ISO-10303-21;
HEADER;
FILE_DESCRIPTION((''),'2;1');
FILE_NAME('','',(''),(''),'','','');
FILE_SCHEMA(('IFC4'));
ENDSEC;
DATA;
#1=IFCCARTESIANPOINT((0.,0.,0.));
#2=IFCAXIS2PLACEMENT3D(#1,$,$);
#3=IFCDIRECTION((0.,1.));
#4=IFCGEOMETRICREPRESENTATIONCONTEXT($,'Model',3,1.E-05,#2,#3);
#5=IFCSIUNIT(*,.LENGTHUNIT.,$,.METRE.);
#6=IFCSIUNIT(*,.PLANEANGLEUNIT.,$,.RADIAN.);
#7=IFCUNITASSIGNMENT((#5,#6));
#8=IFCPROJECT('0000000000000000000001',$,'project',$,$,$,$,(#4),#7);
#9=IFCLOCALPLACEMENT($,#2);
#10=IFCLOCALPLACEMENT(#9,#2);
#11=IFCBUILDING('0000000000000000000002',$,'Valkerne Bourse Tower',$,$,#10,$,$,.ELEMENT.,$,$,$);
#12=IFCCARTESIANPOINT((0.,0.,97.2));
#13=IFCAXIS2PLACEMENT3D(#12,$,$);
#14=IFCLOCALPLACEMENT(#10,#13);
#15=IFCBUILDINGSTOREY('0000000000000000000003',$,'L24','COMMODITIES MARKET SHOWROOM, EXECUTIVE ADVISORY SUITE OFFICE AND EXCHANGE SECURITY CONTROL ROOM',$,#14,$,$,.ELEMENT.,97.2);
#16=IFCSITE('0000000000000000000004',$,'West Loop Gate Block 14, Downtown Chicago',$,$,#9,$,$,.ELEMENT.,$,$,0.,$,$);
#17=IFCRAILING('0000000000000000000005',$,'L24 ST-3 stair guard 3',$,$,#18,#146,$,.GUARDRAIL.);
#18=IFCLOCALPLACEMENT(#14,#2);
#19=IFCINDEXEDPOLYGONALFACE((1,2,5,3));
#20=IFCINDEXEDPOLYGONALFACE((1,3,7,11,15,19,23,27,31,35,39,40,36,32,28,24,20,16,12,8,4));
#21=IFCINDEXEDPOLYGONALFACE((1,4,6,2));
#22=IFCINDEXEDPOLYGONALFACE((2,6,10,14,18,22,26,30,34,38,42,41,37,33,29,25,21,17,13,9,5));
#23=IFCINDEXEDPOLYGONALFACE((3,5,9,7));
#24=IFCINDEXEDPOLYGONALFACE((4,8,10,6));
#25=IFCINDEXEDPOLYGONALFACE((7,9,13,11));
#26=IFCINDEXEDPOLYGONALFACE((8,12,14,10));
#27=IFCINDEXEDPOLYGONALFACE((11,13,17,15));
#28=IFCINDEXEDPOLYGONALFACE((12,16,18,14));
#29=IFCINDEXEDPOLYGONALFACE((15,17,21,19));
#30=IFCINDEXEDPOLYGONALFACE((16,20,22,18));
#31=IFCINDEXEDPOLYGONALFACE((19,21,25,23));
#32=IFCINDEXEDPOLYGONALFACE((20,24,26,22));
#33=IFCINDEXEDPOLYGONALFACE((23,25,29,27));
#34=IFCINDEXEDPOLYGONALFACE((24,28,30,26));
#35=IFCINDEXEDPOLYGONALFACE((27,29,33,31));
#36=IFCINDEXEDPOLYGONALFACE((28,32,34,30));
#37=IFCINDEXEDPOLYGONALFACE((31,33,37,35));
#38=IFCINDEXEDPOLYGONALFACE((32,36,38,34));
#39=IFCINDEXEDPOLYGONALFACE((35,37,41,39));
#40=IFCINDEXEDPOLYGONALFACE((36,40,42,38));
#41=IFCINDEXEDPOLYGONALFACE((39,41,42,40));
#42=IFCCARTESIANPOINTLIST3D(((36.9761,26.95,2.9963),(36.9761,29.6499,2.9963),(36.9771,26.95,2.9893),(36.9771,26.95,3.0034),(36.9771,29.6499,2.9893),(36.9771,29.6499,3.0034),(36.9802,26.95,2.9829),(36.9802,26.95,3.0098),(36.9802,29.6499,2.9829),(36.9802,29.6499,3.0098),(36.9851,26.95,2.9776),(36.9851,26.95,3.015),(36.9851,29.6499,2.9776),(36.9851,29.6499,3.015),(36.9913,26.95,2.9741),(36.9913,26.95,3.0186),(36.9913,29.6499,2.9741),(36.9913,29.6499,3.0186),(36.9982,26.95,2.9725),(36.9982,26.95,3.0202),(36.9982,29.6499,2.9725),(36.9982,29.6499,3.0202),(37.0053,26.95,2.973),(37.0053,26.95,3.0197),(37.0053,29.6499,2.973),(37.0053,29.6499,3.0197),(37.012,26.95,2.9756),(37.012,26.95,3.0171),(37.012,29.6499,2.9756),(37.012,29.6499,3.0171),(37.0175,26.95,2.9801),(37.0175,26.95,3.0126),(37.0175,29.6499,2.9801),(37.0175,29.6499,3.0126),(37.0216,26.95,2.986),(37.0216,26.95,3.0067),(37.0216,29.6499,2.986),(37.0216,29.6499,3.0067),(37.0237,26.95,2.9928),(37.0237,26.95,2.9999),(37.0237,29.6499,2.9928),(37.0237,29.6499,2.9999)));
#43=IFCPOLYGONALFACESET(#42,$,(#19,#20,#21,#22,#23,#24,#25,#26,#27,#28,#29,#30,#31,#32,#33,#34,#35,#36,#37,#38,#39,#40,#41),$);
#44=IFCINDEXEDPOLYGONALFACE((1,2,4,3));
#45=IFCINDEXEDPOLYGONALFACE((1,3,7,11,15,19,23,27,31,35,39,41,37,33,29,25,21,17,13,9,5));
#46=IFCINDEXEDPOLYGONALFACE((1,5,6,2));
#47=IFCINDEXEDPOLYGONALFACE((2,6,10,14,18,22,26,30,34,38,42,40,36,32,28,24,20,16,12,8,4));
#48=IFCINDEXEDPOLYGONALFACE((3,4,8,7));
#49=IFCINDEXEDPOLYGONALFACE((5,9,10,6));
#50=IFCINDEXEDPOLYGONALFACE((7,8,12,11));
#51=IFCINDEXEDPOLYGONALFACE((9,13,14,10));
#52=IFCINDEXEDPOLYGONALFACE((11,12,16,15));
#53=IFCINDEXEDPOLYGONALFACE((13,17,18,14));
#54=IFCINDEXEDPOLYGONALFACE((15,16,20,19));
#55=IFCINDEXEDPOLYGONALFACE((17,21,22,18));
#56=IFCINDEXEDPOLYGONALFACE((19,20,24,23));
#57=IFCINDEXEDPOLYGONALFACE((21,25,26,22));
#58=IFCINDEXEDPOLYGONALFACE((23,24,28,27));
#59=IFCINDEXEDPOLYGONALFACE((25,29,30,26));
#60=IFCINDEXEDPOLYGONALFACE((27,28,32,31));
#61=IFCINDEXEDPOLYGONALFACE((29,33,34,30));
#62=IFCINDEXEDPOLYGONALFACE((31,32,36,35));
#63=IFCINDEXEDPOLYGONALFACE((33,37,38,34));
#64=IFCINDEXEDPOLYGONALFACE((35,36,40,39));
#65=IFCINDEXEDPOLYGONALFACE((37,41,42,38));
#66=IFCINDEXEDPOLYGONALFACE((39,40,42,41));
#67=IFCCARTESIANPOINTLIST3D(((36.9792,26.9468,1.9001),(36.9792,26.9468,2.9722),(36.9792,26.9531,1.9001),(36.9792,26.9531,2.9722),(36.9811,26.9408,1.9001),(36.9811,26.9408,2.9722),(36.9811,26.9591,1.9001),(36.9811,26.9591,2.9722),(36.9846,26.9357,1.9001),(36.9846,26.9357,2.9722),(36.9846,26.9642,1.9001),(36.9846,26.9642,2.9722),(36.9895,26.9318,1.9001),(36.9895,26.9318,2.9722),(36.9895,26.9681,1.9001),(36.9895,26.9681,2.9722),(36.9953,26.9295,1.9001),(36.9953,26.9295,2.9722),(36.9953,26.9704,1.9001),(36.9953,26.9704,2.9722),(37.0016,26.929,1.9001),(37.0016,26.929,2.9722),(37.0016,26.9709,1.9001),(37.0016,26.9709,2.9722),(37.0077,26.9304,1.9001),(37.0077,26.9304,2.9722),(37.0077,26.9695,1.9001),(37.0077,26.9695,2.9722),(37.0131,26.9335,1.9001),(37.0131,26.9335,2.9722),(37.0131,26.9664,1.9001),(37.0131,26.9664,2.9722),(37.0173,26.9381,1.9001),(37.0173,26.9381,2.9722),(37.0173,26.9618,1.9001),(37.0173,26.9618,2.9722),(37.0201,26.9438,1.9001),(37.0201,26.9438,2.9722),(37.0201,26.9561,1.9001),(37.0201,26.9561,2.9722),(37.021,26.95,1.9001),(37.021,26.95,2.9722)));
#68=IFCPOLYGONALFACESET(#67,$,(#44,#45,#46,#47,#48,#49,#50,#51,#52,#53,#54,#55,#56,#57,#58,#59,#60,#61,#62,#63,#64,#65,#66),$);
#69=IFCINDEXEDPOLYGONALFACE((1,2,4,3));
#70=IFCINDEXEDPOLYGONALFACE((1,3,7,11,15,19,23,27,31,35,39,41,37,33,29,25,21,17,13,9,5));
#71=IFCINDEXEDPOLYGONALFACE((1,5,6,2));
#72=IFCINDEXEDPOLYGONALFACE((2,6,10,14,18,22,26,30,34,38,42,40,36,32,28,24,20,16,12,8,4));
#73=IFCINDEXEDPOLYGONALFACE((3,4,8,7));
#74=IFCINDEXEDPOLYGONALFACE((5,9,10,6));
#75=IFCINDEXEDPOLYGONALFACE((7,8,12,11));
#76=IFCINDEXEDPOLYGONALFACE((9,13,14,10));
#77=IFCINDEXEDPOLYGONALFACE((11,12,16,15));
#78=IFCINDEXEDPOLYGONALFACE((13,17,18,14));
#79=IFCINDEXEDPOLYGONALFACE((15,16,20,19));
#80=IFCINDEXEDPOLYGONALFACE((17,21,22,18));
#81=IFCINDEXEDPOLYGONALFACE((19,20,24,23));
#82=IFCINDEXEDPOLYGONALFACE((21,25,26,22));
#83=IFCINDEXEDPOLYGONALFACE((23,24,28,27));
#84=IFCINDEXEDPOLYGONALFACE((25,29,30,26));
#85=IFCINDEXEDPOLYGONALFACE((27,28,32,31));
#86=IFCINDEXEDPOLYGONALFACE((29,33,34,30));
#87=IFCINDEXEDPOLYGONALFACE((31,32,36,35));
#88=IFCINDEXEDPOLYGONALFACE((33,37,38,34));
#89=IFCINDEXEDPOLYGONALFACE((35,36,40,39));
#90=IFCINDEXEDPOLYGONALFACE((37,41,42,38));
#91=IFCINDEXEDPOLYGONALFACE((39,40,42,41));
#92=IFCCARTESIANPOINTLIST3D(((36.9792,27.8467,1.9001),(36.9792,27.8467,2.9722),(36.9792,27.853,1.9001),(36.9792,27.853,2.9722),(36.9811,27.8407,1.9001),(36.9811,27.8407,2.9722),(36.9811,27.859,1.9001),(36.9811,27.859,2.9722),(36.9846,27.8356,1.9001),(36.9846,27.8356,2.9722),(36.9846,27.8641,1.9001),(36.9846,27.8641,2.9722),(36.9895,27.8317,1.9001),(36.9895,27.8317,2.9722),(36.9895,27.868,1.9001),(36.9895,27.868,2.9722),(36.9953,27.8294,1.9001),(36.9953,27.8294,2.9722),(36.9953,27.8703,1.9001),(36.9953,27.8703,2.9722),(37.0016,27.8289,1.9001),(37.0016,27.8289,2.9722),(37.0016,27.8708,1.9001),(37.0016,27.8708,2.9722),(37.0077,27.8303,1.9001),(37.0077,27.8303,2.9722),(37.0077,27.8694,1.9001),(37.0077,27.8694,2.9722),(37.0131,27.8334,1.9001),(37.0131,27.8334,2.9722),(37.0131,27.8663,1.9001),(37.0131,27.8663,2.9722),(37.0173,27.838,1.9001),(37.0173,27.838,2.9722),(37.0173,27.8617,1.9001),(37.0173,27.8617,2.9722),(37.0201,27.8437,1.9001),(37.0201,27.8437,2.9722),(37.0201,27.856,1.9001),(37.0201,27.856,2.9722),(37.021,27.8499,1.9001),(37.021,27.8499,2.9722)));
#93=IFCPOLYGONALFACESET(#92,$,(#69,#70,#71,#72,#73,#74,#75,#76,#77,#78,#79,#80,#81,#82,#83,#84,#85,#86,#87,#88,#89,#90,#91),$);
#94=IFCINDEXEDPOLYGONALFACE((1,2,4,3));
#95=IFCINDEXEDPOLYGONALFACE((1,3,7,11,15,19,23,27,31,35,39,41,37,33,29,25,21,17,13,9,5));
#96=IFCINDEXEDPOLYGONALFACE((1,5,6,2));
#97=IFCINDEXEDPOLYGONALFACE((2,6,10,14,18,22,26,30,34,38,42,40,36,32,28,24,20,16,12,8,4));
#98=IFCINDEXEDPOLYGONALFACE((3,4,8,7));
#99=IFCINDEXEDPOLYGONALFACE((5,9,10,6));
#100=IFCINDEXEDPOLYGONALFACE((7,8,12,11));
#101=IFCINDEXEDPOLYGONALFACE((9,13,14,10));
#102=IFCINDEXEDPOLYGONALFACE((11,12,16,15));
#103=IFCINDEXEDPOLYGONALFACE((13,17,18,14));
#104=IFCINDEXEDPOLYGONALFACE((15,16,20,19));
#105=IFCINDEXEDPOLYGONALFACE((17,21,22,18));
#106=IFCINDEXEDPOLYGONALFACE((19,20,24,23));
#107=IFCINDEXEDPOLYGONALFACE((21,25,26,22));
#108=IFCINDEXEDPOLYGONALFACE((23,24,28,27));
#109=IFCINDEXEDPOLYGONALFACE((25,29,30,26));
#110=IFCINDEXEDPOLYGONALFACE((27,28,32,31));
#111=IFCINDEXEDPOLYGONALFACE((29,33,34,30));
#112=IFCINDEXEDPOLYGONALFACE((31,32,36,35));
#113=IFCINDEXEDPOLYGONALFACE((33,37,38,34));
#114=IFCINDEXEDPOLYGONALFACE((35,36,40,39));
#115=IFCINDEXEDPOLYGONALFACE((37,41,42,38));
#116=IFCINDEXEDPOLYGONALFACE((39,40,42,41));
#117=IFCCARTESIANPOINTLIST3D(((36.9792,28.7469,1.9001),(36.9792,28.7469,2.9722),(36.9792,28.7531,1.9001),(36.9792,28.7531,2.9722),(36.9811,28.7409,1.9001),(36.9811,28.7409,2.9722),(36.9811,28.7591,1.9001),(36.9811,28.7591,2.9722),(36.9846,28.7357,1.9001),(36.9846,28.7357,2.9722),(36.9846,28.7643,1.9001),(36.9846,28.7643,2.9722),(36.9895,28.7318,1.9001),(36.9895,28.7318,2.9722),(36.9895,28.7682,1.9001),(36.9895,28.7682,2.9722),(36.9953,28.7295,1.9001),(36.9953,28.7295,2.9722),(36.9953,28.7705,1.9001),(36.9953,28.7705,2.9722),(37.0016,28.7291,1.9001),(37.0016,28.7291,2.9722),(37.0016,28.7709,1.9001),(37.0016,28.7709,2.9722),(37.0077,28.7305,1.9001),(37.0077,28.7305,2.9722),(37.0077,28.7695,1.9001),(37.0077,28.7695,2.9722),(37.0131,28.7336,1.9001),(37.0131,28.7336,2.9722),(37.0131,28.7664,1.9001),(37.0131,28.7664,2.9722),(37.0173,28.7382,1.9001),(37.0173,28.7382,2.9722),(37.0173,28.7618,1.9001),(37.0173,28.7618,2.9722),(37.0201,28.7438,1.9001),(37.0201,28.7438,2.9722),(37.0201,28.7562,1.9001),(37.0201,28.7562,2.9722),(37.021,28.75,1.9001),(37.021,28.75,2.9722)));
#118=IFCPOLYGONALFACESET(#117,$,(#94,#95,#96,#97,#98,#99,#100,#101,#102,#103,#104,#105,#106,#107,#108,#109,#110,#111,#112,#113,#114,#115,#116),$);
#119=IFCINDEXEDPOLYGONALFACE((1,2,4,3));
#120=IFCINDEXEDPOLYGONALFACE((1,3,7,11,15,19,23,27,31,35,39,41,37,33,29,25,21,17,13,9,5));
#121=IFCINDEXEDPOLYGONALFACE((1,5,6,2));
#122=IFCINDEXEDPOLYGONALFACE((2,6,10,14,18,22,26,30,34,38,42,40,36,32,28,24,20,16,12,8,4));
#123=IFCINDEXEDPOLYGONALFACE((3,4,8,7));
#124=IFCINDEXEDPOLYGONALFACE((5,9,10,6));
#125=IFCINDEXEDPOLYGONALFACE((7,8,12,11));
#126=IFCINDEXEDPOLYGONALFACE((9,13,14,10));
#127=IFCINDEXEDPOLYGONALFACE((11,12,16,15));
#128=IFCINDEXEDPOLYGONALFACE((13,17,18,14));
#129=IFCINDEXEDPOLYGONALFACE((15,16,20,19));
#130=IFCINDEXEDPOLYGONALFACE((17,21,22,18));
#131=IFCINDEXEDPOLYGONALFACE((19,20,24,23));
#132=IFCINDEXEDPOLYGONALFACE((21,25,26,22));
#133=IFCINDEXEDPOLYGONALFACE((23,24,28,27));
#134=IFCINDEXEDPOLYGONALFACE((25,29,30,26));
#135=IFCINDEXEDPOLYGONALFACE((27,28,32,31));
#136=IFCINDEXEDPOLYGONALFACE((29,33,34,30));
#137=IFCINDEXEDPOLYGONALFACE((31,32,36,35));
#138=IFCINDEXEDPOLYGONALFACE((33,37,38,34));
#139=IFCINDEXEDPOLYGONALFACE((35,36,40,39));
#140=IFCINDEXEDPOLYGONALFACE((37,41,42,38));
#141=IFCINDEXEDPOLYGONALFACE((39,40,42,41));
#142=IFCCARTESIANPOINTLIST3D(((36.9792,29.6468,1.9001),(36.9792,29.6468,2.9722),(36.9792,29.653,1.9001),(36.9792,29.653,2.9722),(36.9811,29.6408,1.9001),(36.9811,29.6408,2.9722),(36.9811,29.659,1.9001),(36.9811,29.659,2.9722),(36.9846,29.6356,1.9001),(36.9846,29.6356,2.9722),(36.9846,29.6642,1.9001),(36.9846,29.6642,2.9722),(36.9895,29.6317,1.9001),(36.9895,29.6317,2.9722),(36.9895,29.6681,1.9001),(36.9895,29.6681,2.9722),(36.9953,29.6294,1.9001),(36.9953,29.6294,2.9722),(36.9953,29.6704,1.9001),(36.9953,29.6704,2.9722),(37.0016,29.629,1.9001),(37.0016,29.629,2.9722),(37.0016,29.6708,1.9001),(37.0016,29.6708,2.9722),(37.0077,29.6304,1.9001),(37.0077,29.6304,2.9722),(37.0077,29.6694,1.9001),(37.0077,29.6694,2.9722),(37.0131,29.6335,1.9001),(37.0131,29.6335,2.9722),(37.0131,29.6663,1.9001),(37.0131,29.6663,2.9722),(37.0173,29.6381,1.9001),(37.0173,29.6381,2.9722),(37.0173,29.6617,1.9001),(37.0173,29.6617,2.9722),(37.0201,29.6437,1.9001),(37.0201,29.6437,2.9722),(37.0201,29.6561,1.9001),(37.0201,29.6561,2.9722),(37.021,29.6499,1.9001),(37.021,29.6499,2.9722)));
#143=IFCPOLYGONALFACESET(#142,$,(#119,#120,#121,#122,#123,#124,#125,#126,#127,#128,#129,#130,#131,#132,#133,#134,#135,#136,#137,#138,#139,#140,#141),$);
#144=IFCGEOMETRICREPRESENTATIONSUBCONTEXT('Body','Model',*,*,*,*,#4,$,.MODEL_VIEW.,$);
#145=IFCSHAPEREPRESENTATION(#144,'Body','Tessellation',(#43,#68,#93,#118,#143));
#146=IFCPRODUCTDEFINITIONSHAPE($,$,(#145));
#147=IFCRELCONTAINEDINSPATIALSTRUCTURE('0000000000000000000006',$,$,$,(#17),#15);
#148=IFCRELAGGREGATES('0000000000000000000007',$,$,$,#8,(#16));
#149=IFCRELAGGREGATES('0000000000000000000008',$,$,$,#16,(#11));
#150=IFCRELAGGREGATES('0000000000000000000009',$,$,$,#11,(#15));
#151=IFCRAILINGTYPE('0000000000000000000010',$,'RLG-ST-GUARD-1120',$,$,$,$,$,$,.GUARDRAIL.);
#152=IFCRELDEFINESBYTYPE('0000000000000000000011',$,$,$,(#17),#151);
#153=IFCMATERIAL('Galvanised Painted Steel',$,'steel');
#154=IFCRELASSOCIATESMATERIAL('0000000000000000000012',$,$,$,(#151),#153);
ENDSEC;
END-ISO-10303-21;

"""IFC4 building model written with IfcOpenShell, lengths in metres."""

from ifc_helpers import new_model, si_unit, direction, frame, origin, origin_2d, place, context, subcontext, project, spatial, circle, extrude, material, type_object, element, save


model = new_model("IFC4")

# Units and contexts
model_context = context("Model", 3, precision=1e-05, world=origin(), true_north=direction((0.0, 1.0)))
body_context = subcontext(model_context, "Body", "Model", "MODEL_VIEW")
ifc_project = project(units=[si_unit("LENGTHUNIT", "METRE"), si_unit("PLANEANGLEUNIT", "RADIAN")], contexts=[model_context])

# Site, building, storey
site_placement = place(None, origin())
site = spatial("IfcSite", under=ifc_project, at=site_placement, Name="West Loop Gate Block 14, Downtown Chicago", CompositionType="ELEMENT", RefElevation=0.0)
building_placement = place(site_placement, origin())
building = spatial("IfcBuilding", under=site, at=building_placement, Name="Valkerne Bourse Tower", CompositionType="ELEMENT")
storey_placement = place(building_placement, frame((0.0, 0.0, 97.2)))
storey = spatial("IfcBuildingStorey", under=building, at=storey_placement, Name="L24", Description="COMMODITIES MARKET SHOWROOM, EXECUTIVE ADVISORY SUITE OFFICE AND EXCHANGE SECURITY CONTROL ROOM", CompositionType="ELEMENT", Elevation=97.2)

# Shared definitions
ifc_material_1 = material(Name="Galvanised Painted Steel", Category="steel")

# Railing
railing_type_1 = type_object("IfcRailingType", Name="RLG-ST-GUARD-1120", PredefinedType="GUARDRAIL", material=ifc_material_1)
for number, where, name in (
    (1, (37.0, 26.95, 1.9001), "L24 ST-3 stair guard 3"),
):
    element("IfcRailing", number, at=place(storey_placement, frame(where)), inside=storey, type_object=railing_type_1, Name=name, PredefinedType="GUARDRAIL", context=body_context, shape_type="SweptSolid", body=[
        extrude(circle(Radius=0.0239, at=origin_2d()), frame((0.0, 0.0, 1.0962), z_axis=(0.0, 1.0, 0.0), x_axis=(-1.0, 0.0, 0.0)), (0.0, 0.0, 1.0), 2.7),
        extrude(circle(Radius=0.021, at=origin_2d()), origin(), (0.0, 0.0, 1.0), 1.072),
        extrude(circle(Radius=0.021, at=origin_2d()), frame((0.0, 0.8999, 0.0)), (0.0, 0.0, 1.0), 1.072),
        extrude(circle(Radius=0.021, at=origin_2d()), frame((0.0, 1.8, 0.0)), (0.0, 0.0, 1.0), 1.072),
        extrude(circle(Radius=0.021, at=origin_2d()), frame((0.0, 2.7, 0.0)), (0.0, 0.0, 1.0), 1.072),
    ])

save(model, "model.ifc")
